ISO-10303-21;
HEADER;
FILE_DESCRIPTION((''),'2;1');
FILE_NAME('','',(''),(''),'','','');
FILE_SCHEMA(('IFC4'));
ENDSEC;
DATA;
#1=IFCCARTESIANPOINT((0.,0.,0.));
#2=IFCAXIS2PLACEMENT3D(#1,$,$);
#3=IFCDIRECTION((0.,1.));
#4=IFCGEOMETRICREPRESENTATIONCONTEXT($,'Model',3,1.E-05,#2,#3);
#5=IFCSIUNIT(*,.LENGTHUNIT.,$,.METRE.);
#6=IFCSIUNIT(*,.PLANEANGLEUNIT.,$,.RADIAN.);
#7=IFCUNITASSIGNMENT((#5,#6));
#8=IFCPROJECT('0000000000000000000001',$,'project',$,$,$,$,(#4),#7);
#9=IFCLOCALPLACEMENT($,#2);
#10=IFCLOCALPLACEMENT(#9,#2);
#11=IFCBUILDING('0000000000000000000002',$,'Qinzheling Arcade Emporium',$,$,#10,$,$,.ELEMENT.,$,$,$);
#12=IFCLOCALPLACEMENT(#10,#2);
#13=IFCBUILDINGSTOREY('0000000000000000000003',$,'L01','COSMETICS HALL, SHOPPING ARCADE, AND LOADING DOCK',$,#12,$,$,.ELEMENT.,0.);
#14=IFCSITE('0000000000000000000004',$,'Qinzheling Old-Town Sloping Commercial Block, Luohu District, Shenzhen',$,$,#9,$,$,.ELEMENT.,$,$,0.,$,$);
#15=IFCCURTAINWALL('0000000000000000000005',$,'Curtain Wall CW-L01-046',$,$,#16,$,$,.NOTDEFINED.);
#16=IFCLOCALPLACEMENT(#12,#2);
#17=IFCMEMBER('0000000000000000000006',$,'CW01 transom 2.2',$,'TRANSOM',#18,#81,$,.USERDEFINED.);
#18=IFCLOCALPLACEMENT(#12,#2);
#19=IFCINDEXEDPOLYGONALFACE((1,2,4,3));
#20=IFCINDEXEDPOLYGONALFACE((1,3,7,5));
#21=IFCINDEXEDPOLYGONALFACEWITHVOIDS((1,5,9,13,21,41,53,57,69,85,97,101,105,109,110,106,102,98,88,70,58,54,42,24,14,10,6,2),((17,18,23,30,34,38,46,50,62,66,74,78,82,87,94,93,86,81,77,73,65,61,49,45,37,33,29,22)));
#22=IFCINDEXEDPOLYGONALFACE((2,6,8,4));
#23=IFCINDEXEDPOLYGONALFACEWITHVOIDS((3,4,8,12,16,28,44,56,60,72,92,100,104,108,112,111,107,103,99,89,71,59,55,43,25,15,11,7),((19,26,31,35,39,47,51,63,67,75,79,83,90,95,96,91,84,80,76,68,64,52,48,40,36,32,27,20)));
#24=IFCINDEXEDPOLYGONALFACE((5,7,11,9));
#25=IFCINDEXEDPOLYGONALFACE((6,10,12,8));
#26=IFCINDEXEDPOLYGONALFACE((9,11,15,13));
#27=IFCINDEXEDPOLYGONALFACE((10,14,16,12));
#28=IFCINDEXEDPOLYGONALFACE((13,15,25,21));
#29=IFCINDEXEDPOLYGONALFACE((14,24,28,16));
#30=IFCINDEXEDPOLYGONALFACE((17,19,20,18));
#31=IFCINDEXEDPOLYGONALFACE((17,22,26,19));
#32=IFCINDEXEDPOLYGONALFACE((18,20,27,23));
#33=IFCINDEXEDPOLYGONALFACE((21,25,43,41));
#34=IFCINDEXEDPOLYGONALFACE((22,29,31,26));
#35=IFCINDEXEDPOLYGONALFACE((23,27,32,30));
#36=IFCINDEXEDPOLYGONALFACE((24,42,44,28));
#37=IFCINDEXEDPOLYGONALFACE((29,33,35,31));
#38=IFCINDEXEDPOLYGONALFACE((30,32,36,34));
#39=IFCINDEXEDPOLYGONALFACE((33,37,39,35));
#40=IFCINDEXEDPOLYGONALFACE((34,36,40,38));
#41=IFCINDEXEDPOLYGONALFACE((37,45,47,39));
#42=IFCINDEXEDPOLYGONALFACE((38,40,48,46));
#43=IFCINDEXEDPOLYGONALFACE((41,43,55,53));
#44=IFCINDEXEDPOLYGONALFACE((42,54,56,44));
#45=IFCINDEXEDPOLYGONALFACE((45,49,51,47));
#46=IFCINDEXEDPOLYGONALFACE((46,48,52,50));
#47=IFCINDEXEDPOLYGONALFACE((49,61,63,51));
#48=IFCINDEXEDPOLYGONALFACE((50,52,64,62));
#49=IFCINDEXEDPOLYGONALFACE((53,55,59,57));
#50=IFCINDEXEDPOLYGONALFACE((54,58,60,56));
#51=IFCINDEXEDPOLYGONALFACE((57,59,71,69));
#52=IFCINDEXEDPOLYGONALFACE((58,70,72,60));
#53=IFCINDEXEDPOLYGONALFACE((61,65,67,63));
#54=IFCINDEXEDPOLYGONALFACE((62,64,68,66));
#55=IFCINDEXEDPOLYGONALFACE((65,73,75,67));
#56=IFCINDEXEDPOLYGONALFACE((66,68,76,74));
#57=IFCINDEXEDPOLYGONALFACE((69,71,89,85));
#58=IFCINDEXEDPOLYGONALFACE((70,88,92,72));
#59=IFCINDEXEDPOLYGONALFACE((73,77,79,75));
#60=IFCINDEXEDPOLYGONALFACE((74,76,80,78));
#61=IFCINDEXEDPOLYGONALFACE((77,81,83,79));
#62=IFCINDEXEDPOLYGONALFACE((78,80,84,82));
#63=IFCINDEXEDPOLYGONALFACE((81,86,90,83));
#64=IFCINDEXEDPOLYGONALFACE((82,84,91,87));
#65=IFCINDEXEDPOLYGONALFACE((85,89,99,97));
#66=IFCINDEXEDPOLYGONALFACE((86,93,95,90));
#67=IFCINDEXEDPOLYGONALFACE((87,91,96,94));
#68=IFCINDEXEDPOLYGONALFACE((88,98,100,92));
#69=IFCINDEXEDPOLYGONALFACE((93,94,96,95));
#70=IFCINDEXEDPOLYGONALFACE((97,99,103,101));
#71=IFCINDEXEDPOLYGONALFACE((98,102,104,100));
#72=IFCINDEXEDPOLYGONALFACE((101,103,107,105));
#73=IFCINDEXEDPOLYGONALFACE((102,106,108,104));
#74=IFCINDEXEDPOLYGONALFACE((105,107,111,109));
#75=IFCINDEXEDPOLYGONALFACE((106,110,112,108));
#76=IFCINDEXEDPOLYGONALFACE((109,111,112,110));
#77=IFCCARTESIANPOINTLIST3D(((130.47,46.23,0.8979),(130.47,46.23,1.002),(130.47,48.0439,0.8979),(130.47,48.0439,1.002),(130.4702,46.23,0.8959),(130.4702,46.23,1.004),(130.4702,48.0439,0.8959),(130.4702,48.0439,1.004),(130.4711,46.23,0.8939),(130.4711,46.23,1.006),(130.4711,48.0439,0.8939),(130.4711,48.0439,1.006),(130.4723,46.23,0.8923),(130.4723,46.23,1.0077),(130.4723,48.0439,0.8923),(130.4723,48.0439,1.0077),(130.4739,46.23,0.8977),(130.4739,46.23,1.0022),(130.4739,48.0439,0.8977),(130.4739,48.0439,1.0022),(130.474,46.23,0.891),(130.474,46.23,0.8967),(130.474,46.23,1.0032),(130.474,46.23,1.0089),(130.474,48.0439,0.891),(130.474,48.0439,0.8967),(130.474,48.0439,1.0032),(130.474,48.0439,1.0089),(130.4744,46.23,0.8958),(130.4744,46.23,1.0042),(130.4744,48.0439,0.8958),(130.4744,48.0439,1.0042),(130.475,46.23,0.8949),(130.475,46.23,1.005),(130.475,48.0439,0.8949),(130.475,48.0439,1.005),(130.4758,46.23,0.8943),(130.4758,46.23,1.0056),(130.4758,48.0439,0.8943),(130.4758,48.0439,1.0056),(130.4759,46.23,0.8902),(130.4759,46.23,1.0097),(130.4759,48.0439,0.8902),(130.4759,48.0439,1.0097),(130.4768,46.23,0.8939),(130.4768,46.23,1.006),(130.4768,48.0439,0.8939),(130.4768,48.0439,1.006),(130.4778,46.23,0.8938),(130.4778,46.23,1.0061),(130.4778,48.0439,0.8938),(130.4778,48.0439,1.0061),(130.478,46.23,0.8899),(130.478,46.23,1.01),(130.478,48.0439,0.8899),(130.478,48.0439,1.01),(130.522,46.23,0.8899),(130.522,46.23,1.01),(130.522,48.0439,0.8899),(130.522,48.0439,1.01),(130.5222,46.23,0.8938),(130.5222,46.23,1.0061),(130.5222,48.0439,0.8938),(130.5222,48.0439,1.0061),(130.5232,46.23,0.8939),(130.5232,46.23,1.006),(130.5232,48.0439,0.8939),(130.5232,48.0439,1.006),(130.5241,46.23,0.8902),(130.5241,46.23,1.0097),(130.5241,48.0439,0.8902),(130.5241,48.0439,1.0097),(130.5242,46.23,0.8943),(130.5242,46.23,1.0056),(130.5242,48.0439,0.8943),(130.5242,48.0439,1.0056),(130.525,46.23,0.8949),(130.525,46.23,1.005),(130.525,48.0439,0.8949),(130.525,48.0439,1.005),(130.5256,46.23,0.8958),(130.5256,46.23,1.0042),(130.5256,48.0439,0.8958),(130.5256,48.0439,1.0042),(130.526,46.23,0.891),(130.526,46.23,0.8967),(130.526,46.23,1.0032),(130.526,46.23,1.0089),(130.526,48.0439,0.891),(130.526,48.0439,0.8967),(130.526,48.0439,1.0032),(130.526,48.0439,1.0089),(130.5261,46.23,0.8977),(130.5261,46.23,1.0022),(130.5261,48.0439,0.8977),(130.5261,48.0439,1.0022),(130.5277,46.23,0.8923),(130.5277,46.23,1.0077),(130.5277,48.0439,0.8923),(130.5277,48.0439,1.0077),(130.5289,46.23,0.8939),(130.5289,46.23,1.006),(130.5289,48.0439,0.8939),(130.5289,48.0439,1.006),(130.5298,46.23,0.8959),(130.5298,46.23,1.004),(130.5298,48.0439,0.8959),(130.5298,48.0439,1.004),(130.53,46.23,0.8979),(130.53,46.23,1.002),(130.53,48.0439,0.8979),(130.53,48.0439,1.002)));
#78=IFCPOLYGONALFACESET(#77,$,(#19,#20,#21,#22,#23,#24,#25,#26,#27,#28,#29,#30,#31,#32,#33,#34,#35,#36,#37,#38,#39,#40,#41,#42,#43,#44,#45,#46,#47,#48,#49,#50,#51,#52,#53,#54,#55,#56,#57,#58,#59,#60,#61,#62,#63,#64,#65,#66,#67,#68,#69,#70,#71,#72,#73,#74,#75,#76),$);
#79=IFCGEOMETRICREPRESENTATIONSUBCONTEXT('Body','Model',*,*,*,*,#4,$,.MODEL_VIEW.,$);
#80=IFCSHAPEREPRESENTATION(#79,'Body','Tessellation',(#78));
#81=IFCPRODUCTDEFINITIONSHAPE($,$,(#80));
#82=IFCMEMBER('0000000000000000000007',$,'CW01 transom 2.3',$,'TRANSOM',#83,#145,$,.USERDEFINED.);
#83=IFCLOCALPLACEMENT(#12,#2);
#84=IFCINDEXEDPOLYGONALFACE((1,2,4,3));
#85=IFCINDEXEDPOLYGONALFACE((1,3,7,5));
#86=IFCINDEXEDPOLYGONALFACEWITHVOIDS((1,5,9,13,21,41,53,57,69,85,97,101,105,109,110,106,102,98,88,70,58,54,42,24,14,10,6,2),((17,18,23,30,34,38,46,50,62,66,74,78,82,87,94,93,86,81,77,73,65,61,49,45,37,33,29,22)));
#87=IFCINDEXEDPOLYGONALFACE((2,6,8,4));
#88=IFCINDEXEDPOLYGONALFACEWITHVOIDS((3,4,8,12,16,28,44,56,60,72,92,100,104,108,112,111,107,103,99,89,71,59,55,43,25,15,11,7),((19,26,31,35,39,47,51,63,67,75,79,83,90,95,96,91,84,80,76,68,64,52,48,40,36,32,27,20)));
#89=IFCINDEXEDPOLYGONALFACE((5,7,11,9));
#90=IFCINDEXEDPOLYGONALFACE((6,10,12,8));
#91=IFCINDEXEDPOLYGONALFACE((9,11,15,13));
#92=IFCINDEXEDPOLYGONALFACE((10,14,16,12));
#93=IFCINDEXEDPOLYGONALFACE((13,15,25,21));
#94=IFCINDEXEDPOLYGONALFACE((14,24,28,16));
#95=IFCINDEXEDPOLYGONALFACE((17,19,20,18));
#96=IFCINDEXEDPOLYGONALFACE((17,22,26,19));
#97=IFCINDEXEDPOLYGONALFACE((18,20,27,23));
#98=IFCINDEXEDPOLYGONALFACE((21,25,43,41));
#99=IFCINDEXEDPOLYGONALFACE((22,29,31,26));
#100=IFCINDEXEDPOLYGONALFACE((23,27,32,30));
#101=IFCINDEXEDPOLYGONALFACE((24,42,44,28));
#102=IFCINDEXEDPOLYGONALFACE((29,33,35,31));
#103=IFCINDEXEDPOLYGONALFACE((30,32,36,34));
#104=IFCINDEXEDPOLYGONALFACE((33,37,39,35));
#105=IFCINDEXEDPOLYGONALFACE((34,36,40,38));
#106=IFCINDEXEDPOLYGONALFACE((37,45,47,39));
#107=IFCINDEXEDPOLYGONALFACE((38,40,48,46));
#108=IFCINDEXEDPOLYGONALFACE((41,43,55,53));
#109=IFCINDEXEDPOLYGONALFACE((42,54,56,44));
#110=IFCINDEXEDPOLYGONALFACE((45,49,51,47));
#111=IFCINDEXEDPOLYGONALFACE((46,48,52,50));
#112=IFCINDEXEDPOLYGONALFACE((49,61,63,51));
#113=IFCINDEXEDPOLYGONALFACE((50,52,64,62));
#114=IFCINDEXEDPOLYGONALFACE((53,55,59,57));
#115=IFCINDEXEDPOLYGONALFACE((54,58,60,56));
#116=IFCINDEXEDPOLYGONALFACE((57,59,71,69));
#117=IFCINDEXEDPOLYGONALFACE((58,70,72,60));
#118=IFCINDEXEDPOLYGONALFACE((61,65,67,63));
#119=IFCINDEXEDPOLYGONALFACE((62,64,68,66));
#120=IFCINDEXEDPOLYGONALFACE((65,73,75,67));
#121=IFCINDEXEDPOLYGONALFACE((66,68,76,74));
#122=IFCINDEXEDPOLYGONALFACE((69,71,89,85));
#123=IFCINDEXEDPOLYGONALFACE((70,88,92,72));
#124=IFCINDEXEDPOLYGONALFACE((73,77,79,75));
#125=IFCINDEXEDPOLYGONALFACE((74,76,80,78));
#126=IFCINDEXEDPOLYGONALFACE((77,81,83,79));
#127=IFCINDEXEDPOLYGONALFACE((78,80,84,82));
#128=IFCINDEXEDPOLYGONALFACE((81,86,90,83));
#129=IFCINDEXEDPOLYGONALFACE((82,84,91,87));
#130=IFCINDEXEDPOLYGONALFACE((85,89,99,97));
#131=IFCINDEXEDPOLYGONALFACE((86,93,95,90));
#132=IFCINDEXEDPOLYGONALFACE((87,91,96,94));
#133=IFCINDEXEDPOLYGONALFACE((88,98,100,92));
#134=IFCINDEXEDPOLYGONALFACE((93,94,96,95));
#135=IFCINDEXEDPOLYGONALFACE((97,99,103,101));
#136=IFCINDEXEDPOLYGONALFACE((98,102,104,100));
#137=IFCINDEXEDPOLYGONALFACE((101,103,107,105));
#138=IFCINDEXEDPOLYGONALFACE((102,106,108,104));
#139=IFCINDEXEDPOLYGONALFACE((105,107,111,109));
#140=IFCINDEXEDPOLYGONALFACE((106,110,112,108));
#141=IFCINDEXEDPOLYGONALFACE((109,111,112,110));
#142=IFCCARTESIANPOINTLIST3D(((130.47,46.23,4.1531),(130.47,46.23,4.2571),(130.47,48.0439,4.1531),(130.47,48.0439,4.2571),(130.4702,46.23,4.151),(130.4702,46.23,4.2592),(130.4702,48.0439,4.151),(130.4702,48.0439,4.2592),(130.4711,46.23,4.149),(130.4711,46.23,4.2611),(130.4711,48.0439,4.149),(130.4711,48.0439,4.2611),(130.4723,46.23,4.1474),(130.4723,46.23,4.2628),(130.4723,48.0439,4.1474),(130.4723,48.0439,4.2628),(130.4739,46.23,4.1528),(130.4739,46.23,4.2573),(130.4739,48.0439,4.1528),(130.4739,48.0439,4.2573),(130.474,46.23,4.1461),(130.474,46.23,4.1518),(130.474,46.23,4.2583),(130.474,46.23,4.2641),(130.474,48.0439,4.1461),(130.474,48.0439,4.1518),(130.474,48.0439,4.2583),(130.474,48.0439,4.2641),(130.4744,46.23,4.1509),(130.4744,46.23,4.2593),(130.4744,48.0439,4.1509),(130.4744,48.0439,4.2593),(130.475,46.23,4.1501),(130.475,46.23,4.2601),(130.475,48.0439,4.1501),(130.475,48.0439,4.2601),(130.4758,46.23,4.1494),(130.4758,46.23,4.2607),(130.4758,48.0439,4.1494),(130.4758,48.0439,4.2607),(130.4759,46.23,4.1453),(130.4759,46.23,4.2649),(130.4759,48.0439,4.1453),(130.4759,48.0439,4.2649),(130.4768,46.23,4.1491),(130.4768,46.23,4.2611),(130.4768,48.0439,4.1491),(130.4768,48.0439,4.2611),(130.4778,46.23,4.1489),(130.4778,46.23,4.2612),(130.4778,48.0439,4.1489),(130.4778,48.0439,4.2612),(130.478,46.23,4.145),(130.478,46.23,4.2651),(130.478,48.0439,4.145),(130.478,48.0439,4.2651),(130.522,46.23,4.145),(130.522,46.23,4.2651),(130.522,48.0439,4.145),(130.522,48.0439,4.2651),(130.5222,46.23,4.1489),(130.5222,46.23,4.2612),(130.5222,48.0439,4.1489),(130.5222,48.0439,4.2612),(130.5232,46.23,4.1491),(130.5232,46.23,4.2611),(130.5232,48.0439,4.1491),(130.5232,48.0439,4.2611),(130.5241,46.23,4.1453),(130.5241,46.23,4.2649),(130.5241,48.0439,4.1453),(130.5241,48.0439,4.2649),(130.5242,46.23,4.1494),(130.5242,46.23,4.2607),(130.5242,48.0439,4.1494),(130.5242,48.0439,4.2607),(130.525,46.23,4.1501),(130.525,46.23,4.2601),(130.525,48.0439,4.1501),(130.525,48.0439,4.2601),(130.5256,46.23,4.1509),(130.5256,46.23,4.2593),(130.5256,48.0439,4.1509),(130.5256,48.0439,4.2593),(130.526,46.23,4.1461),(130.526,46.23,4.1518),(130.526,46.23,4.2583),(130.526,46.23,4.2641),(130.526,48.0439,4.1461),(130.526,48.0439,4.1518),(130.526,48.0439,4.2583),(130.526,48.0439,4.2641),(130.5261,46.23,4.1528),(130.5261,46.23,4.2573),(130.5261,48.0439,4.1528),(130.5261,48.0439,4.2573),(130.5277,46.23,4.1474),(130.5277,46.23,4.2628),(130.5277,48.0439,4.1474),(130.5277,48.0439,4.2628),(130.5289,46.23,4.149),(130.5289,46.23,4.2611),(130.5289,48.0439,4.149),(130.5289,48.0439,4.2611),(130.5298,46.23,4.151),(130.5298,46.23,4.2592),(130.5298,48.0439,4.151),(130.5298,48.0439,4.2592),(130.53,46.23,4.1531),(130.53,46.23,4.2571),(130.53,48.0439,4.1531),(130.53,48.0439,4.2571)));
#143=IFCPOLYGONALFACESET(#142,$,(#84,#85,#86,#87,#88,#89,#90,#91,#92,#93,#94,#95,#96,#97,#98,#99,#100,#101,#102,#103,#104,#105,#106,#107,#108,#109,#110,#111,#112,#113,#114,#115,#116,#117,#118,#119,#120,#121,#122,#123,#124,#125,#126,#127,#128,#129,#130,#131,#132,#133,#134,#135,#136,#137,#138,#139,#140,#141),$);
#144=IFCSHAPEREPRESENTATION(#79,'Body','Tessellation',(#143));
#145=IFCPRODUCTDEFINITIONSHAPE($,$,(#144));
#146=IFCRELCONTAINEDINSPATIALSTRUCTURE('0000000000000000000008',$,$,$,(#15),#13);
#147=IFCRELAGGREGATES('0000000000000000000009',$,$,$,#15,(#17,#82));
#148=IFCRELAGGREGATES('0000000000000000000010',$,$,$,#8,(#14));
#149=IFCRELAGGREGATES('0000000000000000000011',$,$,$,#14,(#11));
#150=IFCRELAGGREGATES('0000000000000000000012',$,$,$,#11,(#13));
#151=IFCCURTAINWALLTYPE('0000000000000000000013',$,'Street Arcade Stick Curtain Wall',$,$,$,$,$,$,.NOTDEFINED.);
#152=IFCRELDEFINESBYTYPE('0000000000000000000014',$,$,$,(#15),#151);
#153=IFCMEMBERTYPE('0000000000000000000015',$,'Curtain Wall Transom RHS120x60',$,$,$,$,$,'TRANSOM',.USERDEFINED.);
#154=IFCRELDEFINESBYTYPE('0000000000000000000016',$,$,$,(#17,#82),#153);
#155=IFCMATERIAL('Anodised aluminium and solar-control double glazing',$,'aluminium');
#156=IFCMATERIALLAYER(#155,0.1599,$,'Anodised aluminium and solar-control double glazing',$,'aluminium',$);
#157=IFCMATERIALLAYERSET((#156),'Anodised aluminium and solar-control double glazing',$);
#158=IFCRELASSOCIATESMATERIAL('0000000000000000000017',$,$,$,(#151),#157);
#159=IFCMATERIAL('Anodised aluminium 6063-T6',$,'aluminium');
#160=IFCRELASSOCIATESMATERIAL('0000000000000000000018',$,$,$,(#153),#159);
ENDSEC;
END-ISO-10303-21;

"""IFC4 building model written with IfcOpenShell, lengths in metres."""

from ifc_helpers import new_model, si_unit, direction, frame, origin, origin_2d, place, context, subcontext, project, spatial, hollow_rectangle, extrude, material, layer, layer_set, material_profile, profile_set, type_object, element, aggregate, save


model = new_model("IFC4")

# Units and contexts
model_context = context("Model", 3, precision=1e-05, world=origin(), true_north=direction((0.0, 1.0)))
body_context = subcontext(model_context, "Body", "Model", "MODEL_VIEW")
ifc_project = project(units=[si_unit("LENGTHUNIT", "METRE"), si_unit("PLANEANGLEUNIT", "RADIAN")], contexts=[model_context])

# Site, building, storey
site_placement = place(None, origin())
site = spatial("IfcSite", under=ifc_project, at=site_placement, Name="Qinzheling Old-Town Sloping Commercial Block, Luohu District, Shenzhen", CompositionType="ELEMENT", RefElevation=0.0)
building_placement = place(site_placement, origin())
building = spatial("IfcBuilding", under=site, at=building_placement, Name="Qinzheling Arcade Emporium", CompositionType="ELEMENT")
storey_placement = place(building_placement, origin())
storey = spatial("IfcBuildingStorey", under=building, at=storey_placement, Name="L01", Description="COSMETICS HALL, SHOPPING ARCADE, AND LOADING DOCK", CompositionType="ELEMENT", Elevation=0.0)

# Shared definitions
ifc_material_1 = material(Name="Anodised aluminium and solar-control double glazing", Category="aluminium")
ifc_layer_1 = layer(ifc_material_1, 0.1599, Name="Anodised aluminium and solar-control double glazing", Category="aluminium")
ifc_layer_set_1 = layer_set([ifc_layer_1], Name="Anodised aluminium and solar-control double glazing")
curtain_wall_type = type_object("IfcCurtainWallType", Name="Street Arcade Stick Curtain Wall", PredefinedType="NOTDEFINED", material=ifc_layer_set_1)
ifc_material_2 = material(Name="Anodised aluminium 6063-T6", Category="aluminium")

# Curtain wall, members
curtain_wall_1_placement = place(storey_placement, origin())
curtain_wall_1 = element("IfcCurtainWall", 1, at=curtain_wall_1_placement, inside=storey, type_object=curtain_wall_type, Name="Curtain Wall CW-L01-046", PredefinedType="NOTDEFINED")
ifc_material_profile_1 = material_profile(ifc_material_2, hollow_rectangle(XDim=0.0601, YDim=0.1201, WallThickness=0.0039, InnerFilletRadius=0.0039, OuterFilletRadius=0.0081, at=origin_2d()), Name="RHS 120x60x4", Category="aluminium")
ifc_profile_set_1 = profile_set([ifc_material_profile_1], Name="Anodised aluminium 6063-T6")
member_type_1 = type_object("IfcMemberType", Name="Curtain Wall Transom RHS120x60", ElementType="TRANSOM", PredefinedType="USERDEFINED", material=ifc_profile_set_1)
member_1_placement = place(storey_placement, frame((130.5, 48.0439, 0.95), z_axis=(0.0, -1.0, 0.0), x_axis=(1.0, 0.0, 0.0)))
member_1 = element("IfcMember", 2, at=member_1_placement, type_object=member_type_1, Name="CW01 transom 2.2", ObjectType="TRANSOM", PredefinedType="USERDEFINED", context=body_context, shape_type="SweptSolid", body=[
    extrude(hollow_rectangle(XDim=0.0601, YDim=0.1201, WallThickness=0.0039, InnerFilletRadius=0.0039, OuterFilletRadius=0.0081, at=origin_2d()), origin(), (0.0, 0.0, 1.0), 1.814),
])
member_2_placement = place(storey_placement, frame((130.5, 48.0439, 4.2051), z_axis=(0.0, -1.0, 0.0), x_axis=(1.0, 0.0, 0.0)))
member_2 = element("IfcMember", 3, at=member_2_placement, type_object=member_type_1, Name="CW01 transom 2.3", ObjectType="TRANSOM", PredefinedType="USERDEFINED", context=body_context, shape_type="SweptSolid", body=[
    extrude(hollow_rectangle(XDim=0.0601, YDim=0.1201, WallThickness=0.0039, InnerFilletRadius=0.0039, OuterFilletRadius=0.0081, at=origin_2d()), origin(), (0.0, 0.0, 1.0), 1.814),
])

aggregate(curtain_wall_1, [member_1, member_2])

save(model, "model.ifc")
